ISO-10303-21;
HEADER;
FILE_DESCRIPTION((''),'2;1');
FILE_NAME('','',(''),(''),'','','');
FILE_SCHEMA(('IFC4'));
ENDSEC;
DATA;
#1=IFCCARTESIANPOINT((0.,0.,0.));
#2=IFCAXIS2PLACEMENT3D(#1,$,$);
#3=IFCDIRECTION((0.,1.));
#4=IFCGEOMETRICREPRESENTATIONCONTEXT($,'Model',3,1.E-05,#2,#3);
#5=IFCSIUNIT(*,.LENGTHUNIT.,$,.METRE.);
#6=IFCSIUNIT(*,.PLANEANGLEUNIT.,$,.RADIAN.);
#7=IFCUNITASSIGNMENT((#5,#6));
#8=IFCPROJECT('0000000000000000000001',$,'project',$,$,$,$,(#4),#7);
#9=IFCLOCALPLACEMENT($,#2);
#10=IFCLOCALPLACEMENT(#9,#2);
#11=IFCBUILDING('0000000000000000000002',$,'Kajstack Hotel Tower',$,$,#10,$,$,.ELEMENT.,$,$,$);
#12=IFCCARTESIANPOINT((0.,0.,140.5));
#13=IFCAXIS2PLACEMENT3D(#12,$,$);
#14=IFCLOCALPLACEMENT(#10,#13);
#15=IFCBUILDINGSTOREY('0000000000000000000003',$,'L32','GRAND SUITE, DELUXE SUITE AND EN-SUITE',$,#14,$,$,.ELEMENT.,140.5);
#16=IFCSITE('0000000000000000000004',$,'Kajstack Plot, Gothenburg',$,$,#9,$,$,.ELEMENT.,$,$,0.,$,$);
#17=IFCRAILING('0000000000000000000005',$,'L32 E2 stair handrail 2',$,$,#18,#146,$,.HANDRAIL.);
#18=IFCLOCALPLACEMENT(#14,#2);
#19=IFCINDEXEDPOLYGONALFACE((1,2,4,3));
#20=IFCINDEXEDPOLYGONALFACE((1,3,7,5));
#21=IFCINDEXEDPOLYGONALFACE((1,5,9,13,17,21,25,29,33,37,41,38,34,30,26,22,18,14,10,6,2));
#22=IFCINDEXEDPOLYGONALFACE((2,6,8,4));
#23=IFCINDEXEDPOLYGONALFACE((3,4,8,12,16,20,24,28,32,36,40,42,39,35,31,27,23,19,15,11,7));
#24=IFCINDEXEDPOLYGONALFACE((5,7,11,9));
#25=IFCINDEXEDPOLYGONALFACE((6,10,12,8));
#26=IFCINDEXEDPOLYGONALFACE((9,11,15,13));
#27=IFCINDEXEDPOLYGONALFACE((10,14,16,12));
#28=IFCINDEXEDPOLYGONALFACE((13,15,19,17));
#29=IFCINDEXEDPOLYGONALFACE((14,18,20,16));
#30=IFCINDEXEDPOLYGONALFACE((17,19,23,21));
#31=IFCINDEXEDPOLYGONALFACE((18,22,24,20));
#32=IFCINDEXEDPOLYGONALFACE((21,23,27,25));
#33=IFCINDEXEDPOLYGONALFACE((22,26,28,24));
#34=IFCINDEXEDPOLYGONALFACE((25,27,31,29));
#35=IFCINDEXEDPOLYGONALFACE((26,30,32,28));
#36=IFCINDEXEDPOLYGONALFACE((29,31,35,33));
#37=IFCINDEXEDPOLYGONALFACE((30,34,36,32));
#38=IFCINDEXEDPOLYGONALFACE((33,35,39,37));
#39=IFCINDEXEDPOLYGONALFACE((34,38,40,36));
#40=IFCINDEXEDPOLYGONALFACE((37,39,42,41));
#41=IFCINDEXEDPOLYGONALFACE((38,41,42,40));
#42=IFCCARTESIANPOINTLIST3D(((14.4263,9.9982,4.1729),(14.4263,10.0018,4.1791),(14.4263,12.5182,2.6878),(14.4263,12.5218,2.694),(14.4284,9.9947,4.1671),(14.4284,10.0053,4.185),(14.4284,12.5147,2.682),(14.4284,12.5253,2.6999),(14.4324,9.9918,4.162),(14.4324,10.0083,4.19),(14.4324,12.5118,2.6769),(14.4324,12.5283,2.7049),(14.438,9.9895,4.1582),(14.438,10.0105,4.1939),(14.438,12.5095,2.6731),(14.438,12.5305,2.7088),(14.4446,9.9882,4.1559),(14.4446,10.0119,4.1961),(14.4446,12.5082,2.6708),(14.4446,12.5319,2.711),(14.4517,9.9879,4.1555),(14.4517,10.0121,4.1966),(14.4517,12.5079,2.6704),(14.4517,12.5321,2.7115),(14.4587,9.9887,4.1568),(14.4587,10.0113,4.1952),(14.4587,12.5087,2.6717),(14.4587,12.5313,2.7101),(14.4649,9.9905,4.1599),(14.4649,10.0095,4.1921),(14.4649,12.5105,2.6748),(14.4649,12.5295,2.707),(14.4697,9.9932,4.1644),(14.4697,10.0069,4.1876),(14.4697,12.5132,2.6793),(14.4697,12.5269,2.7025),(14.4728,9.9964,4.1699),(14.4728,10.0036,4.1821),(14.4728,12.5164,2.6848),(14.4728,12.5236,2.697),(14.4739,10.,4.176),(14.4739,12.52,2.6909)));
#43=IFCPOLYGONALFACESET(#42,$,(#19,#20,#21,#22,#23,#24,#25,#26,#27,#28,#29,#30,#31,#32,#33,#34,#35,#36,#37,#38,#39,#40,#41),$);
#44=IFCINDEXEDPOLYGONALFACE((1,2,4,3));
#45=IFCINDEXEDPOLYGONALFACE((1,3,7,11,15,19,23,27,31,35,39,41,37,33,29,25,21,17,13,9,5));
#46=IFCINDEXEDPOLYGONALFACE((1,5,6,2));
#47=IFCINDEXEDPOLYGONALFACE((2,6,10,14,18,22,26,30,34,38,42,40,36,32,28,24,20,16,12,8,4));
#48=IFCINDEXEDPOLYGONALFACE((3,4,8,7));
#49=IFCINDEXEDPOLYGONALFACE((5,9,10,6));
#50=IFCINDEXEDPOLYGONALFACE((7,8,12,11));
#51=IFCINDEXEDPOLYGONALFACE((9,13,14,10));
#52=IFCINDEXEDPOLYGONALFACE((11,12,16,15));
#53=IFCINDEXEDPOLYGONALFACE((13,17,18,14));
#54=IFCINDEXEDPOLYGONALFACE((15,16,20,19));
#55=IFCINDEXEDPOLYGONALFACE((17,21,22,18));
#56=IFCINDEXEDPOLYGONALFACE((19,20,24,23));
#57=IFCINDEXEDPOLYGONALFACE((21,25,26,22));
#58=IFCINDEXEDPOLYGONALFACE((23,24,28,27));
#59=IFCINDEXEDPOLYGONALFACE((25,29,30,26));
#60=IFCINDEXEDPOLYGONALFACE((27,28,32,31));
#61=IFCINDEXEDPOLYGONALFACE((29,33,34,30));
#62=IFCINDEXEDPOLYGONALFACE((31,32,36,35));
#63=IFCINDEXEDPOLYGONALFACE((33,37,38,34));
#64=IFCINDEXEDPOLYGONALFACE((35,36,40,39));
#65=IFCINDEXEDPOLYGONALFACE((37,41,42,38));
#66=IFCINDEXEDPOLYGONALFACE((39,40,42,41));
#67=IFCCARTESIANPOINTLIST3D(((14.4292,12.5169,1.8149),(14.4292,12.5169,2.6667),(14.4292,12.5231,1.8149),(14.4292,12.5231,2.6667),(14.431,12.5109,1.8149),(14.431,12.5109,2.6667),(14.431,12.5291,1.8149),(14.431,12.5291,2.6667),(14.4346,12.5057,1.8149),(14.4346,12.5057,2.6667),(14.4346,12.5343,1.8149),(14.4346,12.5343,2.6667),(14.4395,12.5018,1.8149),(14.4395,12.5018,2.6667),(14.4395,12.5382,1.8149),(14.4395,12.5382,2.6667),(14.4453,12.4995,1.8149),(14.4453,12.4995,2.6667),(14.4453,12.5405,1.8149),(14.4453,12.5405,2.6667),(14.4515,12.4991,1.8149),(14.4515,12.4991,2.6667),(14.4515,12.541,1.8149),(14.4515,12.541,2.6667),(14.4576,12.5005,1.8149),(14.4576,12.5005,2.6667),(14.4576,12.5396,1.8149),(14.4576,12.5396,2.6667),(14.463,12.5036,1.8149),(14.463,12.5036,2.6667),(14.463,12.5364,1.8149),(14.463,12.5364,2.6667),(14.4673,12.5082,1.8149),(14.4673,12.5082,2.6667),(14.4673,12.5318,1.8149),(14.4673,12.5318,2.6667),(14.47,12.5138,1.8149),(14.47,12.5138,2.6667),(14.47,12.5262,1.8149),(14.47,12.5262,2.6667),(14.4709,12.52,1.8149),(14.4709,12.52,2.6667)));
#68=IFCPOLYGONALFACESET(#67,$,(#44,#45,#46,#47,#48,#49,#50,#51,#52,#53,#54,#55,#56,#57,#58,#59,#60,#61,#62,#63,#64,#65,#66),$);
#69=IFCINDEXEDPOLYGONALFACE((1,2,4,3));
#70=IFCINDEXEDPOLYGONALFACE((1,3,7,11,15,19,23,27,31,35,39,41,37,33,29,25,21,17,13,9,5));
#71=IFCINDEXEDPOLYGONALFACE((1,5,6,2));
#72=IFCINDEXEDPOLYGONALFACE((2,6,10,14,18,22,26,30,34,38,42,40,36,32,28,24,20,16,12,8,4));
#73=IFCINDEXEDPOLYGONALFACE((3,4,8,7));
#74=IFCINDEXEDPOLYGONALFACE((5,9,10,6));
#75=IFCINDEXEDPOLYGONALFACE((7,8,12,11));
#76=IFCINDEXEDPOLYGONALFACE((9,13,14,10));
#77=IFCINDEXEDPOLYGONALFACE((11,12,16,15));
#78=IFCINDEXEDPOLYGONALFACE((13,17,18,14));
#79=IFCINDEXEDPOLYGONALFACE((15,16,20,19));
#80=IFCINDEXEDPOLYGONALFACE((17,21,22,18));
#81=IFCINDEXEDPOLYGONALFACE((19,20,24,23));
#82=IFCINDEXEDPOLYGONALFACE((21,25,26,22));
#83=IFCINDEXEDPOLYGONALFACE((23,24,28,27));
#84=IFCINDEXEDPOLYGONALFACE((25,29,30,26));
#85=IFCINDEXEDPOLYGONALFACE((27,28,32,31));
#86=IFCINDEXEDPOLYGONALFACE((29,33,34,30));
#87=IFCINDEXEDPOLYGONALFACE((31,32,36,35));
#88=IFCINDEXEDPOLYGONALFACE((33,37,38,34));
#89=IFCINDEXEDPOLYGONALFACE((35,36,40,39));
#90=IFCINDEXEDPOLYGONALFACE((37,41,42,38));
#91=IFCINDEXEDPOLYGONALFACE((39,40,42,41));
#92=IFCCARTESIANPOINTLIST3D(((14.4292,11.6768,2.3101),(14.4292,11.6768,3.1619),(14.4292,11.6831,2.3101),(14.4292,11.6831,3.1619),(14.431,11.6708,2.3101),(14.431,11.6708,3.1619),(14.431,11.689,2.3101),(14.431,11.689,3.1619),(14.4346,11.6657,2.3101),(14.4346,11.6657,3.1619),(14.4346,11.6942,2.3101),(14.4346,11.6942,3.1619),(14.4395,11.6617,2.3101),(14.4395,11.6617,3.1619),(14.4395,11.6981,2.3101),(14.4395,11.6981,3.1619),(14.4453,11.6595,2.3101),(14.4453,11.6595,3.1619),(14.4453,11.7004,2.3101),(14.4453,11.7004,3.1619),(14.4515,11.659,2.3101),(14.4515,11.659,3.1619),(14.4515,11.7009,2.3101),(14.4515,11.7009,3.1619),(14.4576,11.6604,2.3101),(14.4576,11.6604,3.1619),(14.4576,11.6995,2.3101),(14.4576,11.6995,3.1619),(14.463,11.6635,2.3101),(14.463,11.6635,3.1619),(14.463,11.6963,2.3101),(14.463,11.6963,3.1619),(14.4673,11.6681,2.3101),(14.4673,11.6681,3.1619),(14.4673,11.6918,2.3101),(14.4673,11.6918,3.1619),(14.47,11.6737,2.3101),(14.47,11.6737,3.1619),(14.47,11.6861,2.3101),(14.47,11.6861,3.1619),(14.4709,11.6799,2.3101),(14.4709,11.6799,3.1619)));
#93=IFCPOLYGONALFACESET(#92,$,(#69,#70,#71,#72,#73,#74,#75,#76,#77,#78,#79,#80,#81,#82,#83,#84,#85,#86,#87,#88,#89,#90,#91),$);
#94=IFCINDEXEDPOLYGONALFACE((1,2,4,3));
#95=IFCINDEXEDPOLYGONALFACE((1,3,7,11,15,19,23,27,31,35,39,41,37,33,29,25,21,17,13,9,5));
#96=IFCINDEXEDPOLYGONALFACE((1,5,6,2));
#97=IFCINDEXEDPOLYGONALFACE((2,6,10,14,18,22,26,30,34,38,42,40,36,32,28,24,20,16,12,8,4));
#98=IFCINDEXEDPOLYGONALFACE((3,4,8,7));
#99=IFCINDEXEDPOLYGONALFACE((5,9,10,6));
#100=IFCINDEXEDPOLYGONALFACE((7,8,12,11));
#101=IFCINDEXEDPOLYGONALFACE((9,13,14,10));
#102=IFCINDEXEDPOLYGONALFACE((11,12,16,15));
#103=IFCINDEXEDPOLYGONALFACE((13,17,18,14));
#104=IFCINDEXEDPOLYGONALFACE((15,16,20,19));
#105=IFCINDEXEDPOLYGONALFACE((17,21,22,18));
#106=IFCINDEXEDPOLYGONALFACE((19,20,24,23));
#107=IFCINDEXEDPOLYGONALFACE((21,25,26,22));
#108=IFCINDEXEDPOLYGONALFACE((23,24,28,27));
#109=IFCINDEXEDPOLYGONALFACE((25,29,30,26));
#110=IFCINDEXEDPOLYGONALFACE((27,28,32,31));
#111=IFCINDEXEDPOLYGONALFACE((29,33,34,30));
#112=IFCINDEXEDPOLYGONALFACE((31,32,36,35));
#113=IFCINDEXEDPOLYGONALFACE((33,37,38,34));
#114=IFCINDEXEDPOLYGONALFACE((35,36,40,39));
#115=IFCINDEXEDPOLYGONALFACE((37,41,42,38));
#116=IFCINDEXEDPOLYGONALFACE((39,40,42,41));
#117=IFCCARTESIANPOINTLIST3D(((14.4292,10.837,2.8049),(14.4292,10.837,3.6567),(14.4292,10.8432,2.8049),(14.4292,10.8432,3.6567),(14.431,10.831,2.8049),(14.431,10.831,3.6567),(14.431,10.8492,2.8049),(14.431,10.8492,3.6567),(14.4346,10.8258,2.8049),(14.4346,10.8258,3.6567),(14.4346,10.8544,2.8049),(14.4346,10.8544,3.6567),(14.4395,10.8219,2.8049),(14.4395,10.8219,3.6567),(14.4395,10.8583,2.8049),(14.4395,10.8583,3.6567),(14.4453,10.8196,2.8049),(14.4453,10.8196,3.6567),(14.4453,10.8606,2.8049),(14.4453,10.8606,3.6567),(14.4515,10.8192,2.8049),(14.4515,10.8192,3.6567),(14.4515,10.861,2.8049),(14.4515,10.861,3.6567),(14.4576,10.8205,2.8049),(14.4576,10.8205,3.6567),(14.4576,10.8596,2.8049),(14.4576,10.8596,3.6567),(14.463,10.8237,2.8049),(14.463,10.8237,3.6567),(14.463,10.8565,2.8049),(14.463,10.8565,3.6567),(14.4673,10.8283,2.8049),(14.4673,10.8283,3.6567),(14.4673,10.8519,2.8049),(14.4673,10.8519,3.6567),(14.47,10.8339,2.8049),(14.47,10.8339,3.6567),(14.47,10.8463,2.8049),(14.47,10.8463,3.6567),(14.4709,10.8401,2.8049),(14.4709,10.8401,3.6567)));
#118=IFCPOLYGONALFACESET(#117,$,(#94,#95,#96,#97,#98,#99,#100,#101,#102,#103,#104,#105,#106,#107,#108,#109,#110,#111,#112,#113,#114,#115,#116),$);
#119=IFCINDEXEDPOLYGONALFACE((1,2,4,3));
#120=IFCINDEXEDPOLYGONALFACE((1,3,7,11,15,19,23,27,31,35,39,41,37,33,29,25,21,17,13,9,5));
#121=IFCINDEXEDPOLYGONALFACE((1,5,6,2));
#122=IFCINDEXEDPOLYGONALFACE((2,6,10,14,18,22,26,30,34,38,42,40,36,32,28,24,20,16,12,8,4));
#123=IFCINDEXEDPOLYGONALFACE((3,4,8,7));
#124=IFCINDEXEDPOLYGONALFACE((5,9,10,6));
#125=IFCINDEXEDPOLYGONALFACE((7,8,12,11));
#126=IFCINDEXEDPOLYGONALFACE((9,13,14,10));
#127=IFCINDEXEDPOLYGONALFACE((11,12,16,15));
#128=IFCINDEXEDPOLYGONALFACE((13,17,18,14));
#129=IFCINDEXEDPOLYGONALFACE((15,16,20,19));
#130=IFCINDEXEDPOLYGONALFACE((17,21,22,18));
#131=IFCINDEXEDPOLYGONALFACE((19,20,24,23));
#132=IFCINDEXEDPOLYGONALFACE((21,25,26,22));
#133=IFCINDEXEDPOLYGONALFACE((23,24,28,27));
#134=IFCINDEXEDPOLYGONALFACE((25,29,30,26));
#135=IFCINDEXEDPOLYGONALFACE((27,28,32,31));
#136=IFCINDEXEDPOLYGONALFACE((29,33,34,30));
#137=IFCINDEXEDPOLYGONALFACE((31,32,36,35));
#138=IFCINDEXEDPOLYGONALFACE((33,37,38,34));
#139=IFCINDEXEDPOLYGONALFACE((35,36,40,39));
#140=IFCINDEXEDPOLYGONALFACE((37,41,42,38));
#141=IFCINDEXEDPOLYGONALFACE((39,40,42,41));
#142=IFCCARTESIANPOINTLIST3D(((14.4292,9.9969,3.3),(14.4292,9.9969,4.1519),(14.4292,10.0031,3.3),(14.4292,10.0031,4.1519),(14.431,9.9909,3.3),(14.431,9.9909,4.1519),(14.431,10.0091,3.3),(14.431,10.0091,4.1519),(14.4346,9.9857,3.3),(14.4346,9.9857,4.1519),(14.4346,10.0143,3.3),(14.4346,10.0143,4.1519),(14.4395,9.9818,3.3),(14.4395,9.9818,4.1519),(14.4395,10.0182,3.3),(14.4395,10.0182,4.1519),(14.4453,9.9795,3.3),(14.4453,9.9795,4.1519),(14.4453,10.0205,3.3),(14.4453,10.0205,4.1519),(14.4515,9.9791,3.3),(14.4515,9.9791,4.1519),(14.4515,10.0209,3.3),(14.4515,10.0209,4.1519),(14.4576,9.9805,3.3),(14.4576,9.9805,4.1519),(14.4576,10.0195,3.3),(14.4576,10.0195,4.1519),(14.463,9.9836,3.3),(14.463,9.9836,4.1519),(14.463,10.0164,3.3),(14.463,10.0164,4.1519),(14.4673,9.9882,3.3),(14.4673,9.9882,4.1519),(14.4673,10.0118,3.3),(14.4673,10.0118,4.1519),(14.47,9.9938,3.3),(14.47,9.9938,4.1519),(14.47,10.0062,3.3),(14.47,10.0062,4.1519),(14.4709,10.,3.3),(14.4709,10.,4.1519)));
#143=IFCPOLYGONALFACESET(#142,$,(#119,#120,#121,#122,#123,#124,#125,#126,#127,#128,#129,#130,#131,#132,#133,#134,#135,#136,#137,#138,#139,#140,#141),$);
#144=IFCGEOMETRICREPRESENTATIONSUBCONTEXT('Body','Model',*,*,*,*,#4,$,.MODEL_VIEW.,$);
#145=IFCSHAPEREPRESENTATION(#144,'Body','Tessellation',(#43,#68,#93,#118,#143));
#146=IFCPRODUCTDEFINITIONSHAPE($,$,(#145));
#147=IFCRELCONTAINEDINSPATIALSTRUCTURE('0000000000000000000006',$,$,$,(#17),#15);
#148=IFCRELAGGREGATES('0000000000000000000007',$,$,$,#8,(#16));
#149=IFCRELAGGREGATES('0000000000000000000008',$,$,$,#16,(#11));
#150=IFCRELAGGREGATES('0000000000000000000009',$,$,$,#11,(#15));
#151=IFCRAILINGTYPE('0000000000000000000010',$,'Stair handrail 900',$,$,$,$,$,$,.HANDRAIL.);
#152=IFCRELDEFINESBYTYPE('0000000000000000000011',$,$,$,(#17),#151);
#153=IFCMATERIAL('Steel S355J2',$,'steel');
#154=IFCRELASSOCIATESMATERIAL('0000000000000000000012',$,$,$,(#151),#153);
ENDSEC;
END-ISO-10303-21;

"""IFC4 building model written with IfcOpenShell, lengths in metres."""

from ifc_helpers import new_model, si_unit, direction, frame, origin, origin_2d, place, context, subcontext, project, spatial, circle, extrude, material, type_object, element, save


model = new_model("IFC4")

# Units and contexts
model_context = context("Model", 3, precision=1e-05, world=origin(), true_north=direction((0.0, 1.0)))
body_context = subcontext(model_context, "Body", "Model", "MODEL_VIEW")
ifc_project = project(units=[si_unit("LENGTHUNIT", "METRE"), si_unit("PLANEANGLEUNIT", "RADIAN")], contexts=[model_context])

# Site, building, storey
site_placement = place(None, origin())
site = spatial("IfcSite", under=ifc_project, at=site_placement, Name="Kajstack Plot, Gothenburg", CompositionType="ELEMENT", RefElevation=0.0)
building_placement = place(site_placement, origin())
building = spatial("IfcBuilding", under=site, at=building_placement, Name="Kajstack Hotel Tower", CompositionType="ELEMENT")
storey_placement = place(building_placement, frame((0.0, 0.0, 140.5)))
storey = spatial("IfcBuildingStorey", under=building, at=storey_placement, Name="L32", Description="GRAND SUITE, DELUXE SUITE AND EN-SUITE", CompositionType="ELEMENT", Elevation=140.5)

# Railing
ifc_material_1 = material(Name="Steel S355J2", Category="steel")
railing_type_1 = type_object("IfcRailingType", Name="Stair handrail 900", PredefinedType="HANDRAIL", material=ifc_material_1)
railing_1_placement = place(storey_placement, frame((14.45, 12.52, 1.8149)))
element("IfcRailing", 1, at=railing_1_placement, inside=storey, type_object=railing_type_1, Name="L32 E2 stair handrail 2", PredefinedType="HANDRAIL", context=body_context, shape_type="SweptSolid", body=[
    extrude(circle(Radius=0.0239, at=origin_2d()), frame((0.0, 0.0, 0.876), z_axis=(0.0, -0.861524, 0.507717), x_axis=(1.0, 0.0, 0.0)), (0.0, 0.0, 1.0), 2.925),
    extrude(circle(Radius=0.021, at=origin_2d()), origin(), (0.0, 0.0, 1.0), 0.8518),
    extrude(circle(Radius=0.021, at=origin_2d()), frame((0.0, -0.8401, 0.4951)), (0.0, 0.0, 1.0), 0.8518),
    extrude(circle(Radius=0.021, at=origin_2d()), frame((0.0, -1.6799, 0.99)), (0.0, 0.0, 1.0), 0.8518),
    extrude(circle(Radius=0.021, at=origin_2d()), frame((0.0, -2.52, 1.4851)), (0.0, 0.0, 1.0), 0.8518),
])

save(model, "model.ifc")
